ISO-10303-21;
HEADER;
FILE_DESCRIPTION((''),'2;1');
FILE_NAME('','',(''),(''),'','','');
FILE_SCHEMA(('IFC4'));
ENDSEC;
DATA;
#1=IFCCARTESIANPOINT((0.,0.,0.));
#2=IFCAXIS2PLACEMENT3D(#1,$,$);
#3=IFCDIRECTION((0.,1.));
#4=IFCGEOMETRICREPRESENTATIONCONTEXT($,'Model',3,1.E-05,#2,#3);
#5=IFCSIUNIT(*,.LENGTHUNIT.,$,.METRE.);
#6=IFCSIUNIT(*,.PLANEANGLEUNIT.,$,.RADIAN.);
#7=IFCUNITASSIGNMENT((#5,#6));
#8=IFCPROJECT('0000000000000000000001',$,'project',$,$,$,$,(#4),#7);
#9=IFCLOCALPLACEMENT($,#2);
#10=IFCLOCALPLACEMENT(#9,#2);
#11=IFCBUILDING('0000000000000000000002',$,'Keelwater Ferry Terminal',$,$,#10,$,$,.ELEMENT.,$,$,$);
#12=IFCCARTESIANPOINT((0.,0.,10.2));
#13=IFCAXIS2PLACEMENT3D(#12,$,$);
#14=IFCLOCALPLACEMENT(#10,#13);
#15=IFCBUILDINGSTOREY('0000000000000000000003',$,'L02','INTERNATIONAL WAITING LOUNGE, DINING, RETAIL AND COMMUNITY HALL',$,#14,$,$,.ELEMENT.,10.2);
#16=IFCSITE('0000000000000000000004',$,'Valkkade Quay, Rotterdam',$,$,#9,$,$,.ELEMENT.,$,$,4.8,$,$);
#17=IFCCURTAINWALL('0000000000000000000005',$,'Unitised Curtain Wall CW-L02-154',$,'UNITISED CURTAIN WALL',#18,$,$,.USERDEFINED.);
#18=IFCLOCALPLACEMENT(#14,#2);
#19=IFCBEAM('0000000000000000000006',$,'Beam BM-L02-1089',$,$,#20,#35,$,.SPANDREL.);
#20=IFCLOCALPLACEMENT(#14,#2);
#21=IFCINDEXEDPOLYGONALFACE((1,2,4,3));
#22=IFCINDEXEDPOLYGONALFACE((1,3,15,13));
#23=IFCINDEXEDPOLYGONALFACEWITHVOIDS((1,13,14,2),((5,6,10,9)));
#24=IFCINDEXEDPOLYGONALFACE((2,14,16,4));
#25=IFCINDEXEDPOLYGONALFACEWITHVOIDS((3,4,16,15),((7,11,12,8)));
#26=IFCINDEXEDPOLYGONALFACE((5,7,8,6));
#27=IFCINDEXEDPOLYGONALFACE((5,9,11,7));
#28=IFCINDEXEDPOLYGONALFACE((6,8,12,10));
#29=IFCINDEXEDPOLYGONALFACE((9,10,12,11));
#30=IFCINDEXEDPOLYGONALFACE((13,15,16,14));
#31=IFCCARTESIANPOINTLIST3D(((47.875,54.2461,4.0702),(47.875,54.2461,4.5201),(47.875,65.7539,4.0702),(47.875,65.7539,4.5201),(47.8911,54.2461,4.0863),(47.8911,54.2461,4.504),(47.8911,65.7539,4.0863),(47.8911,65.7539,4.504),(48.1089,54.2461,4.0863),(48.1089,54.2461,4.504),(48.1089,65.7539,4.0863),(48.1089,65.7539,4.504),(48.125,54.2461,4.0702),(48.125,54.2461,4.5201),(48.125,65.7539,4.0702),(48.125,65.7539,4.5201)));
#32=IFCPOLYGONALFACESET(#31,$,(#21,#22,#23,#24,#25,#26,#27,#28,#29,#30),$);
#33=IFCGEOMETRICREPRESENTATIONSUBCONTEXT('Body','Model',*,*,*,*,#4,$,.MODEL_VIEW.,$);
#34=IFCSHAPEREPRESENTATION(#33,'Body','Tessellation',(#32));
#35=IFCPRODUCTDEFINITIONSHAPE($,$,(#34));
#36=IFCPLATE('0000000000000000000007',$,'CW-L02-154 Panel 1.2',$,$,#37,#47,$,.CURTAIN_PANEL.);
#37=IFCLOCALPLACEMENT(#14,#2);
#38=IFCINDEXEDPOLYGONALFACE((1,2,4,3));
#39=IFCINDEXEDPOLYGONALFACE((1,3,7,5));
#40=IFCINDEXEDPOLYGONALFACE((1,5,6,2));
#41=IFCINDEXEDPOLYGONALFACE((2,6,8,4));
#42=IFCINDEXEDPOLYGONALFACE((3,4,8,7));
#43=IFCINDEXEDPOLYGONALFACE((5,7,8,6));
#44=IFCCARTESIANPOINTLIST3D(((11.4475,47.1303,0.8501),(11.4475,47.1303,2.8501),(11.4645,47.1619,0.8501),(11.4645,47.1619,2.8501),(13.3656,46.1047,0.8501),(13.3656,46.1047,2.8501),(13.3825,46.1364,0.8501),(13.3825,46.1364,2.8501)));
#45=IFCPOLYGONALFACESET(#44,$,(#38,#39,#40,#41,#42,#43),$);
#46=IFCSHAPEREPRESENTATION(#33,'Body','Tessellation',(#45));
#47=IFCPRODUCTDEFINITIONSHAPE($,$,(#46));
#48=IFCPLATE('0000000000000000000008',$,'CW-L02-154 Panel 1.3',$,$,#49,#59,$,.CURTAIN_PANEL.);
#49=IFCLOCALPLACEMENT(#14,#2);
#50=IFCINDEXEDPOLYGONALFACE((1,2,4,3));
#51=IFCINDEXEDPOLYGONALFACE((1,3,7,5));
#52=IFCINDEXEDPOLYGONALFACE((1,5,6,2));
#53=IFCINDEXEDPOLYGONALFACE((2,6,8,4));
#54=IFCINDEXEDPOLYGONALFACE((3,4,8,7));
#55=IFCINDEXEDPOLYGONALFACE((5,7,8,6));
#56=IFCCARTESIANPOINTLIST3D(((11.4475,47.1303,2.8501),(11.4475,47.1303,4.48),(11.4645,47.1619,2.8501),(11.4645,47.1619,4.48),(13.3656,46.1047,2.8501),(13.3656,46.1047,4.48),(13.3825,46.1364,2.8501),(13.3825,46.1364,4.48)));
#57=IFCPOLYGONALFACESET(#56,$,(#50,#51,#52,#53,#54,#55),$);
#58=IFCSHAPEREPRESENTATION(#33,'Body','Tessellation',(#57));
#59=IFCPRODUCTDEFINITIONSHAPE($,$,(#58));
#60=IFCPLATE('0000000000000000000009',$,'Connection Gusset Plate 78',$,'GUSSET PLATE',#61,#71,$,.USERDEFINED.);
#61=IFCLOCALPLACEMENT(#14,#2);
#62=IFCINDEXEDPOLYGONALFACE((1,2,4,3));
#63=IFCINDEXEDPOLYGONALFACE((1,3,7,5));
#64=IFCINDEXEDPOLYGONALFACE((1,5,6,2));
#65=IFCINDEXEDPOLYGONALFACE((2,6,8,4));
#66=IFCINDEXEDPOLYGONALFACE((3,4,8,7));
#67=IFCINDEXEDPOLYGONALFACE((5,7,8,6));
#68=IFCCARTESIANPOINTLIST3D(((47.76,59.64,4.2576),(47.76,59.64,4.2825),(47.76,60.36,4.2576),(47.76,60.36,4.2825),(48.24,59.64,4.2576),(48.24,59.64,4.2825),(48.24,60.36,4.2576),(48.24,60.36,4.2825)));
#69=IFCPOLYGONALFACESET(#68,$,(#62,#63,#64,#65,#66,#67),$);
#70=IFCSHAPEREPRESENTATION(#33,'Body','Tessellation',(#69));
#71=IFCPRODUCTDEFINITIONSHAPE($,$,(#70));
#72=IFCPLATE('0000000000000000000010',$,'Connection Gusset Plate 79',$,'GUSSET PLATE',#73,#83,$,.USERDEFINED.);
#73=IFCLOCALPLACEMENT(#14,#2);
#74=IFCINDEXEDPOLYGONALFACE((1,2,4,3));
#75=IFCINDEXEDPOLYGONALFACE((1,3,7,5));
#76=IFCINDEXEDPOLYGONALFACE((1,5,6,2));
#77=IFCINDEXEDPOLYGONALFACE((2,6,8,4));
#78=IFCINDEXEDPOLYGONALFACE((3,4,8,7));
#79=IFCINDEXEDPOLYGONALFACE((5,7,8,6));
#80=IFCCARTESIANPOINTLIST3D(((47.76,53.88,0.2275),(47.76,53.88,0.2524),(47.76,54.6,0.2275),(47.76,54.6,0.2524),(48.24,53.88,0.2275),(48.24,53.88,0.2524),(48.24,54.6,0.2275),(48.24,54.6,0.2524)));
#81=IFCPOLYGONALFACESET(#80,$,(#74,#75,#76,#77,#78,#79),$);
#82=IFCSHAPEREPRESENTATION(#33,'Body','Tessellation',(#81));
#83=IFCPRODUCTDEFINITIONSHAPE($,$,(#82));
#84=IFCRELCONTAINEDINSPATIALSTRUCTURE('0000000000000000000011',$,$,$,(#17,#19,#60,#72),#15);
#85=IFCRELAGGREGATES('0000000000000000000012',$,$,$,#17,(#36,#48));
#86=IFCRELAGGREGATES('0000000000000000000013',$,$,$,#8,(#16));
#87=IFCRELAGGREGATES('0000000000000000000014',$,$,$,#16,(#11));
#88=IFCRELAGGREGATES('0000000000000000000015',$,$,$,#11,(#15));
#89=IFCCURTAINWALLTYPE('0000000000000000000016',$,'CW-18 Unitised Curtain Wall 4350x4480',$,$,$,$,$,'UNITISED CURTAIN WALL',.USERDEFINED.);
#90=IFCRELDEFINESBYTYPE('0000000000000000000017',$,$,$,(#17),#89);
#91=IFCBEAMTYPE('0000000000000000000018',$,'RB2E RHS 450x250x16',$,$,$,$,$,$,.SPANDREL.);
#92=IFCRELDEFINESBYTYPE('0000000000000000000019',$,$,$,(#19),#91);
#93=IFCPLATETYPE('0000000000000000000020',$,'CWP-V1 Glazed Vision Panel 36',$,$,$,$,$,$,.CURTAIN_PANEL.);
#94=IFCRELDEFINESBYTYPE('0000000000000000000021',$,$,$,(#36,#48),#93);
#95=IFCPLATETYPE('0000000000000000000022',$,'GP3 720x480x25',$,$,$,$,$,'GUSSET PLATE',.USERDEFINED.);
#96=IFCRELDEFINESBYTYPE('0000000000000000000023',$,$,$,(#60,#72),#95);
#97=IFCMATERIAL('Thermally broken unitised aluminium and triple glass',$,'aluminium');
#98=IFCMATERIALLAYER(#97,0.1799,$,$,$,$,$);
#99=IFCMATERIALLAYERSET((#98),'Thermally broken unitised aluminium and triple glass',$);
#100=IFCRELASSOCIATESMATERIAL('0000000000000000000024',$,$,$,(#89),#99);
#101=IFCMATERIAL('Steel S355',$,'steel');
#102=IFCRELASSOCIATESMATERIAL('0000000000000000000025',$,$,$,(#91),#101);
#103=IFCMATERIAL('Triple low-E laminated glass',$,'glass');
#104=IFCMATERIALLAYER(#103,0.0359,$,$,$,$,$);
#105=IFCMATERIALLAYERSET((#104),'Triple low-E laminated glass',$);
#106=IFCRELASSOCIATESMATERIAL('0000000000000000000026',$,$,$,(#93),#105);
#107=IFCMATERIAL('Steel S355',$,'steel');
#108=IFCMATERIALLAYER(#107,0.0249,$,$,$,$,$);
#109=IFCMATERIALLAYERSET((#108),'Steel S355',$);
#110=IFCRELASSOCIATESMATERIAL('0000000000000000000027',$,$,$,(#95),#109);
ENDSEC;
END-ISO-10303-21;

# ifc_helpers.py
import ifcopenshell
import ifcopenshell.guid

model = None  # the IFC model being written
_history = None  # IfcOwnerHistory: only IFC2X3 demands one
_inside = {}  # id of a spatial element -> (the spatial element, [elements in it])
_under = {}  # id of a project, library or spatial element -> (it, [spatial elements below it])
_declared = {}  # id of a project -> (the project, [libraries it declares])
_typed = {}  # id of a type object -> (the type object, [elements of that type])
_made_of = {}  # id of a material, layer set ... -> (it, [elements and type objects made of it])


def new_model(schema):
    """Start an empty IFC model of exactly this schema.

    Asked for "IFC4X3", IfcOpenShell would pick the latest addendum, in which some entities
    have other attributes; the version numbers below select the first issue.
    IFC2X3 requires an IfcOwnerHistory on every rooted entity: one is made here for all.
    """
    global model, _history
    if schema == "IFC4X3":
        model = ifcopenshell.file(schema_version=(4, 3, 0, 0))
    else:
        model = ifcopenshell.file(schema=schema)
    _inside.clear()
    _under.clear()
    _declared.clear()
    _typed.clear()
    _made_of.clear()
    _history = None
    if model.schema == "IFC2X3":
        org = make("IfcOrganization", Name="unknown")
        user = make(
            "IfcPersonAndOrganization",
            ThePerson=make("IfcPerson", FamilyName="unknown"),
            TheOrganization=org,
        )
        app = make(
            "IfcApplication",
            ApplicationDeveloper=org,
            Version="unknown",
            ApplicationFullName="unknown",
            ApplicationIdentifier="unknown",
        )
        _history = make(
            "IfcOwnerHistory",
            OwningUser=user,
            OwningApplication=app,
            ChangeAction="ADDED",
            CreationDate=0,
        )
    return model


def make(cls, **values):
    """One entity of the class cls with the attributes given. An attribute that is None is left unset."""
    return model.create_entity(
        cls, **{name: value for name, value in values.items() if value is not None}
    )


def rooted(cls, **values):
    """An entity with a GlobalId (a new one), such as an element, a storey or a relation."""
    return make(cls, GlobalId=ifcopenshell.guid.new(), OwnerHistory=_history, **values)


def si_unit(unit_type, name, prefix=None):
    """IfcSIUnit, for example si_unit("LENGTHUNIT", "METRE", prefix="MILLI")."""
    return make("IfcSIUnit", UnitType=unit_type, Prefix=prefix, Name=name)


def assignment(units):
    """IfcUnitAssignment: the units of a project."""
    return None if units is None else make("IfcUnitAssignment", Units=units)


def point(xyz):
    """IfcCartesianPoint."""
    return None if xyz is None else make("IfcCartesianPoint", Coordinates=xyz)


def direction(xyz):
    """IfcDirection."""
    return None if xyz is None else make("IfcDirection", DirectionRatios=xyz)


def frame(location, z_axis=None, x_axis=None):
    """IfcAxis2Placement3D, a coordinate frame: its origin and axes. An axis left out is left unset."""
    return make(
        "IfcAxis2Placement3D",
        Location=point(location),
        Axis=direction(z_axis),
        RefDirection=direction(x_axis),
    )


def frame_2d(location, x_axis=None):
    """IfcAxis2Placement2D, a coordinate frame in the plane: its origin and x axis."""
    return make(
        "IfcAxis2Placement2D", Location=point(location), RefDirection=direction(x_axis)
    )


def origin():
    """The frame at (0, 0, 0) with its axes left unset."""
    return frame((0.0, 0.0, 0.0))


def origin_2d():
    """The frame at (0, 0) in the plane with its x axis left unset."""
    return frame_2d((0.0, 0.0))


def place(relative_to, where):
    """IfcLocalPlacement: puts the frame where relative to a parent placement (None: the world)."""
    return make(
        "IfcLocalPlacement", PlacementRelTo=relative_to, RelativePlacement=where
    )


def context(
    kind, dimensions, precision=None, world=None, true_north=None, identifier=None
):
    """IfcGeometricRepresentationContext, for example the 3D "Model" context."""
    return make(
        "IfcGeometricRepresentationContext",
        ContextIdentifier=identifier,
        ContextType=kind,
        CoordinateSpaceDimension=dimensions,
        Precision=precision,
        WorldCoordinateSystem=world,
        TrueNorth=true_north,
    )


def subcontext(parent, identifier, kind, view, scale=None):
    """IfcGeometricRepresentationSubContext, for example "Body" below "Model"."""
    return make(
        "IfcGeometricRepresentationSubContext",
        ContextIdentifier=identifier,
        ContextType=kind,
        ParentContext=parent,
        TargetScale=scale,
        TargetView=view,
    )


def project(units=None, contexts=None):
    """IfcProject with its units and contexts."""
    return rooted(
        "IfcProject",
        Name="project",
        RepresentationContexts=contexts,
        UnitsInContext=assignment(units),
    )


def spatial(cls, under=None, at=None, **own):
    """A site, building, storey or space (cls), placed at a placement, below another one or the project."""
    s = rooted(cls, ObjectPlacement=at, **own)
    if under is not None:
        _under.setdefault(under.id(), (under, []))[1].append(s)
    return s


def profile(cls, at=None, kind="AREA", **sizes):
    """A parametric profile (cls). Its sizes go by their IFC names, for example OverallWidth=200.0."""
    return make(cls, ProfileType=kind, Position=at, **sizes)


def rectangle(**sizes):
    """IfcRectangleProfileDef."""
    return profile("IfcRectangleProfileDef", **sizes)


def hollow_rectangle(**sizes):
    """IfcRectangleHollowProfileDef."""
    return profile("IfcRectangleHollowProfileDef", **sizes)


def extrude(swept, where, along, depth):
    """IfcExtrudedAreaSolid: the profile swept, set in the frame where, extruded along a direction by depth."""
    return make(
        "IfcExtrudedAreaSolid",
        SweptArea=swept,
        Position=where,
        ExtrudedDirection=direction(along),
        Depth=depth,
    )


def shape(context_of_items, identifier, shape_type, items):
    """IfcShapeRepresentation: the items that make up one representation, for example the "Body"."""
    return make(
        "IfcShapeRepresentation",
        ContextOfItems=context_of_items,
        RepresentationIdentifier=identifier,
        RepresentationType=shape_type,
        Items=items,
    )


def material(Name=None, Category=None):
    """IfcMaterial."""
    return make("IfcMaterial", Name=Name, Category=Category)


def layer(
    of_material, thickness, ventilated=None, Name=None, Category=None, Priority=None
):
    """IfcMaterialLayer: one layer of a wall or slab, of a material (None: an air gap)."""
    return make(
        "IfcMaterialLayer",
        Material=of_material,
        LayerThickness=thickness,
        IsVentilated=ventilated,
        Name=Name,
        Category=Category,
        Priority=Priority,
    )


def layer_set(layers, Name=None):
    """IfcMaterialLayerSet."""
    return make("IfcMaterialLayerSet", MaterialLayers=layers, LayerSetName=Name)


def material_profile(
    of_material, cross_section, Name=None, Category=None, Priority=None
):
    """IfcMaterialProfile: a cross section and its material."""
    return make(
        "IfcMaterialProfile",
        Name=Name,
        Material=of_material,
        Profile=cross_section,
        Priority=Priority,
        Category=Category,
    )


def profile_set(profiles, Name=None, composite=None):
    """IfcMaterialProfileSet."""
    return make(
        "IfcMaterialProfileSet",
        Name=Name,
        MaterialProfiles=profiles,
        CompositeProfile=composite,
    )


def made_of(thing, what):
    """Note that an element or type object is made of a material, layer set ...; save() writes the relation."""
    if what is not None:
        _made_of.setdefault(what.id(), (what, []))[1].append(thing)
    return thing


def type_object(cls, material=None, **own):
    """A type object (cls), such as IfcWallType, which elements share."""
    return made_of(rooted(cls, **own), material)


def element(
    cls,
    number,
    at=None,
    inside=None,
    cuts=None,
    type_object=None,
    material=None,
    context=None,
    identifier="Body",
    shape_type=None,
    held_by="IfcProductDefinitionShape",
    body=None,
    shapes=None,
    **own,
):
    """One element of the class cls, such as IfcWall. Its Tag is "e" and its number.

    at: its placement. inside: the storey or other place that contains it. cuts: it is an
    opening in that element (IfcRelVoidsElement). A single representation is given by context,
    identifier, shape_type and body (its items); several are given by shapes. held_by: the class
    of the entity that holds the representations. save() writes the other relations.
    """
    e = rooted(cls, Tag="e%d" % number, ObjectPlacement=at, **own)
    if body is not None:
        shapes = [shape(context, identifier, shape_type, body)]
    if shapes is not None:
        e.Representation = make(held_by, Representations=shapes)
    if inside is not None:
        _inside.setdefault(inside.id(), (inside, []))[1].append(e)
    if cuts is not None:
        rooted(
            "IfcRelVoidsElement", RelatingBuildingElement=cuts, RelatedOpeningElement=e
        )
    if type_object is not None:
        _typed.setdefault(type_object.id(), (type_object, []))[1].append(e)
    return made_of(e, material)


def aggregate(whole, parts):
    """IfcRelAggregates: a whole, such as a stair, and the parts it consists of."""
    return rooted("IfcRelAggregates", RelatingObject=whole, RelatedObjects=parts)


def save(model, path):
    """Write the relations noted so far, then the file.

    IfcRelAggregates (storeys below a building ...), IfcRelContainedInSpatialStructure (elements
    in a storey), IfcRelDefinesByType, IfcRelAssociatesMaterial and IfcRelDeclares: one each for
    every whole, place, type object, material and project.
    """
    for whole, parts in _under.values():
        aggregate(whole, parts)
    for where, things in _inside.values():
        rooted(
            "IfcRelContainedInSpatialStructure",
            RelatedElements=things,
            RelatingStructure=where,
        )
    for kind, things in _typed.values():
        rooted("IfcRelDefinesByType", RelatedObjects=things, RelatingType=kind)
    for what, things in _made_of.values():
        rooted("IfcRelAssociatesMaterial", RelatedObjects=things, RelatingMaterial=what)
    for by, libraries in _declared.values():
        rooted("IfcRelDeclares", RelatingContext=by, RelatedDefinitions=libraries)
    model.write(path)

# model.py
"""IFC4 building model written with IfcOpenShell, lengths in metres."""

from ifc_helpers import new_model, si_unit, direction, frame, origin, origin_2d, place, context, subcontext, project, spatial, rectangle, hollow_rectangle, extrude, material, layer, layer_set, material_profile, profile_set, type_object, element, aggregate, save


model = new_model("IFC4")

# Units and contexts
model_context = context("Model", 3, precision=1e-05, world=origin(), true_north=direction((0.0, 1.0)))
body_context = subcontext(model_context, "Body", "Model", "MODEL_VIEW")
ifc_project = project(units=[si_unit("LENGTHUNIT", "METRE"), si_unit("PLANEANGLEUNIT", "RADIAN")], contexts=[model_context])

# Site, building, storey
site_placement = place(None, origin())
site = spatial("IfcSite", under=ifc_project, at=site_placement, Name="Valkkade Quay, Rotterdam", CompositionType="ELEMENT", RefElevation=4.8)
building_placement = place(site_placement, origin())
building = spatial("IfcBuilding", under=site, at=building_placement, Name="Keelwater Ferry Terminal", CompositionType="ELEMENT")
storey_placement = place(building_placement, frame((0.0, 0.0, 10.2)))
storey = spatial("IfcBuildingStorey", under=building, at=storey_placement, Name="L02", Description="INTERNATIONAL WAITING LOUNGE, DINING, RETAIL AND COMMUNITY HALL", CompositionType="ELEMENT", Elevation=10.2)

# Curtain wall
ifc_material_1 = material(Name="Thermally broken unitised aluminium and triple glass", Category="aluminium")
ifc_layer_1 = layer(ifc_material_1, 0.1799)
ifc_layer_set_1 = layer_set([ifc_layer_1], Name="Thermally broken unitised aluminium and triple glass")
curtain_wall_type = type_object("IfcCurtainWallType", Name="CW-18 Unitised Curtain Wall 4350x4480", ElementType="UNITISED CURTAIN WALL", PredefinedType="USERDEFINED", material=ifc_layer_set_1)
curtain_wall_placement = place(storey_placement, origin())
curtain_wall = element("IfcCurtainWall", 1, at=curtain_wall_placement, inside=storey, type_object=curtain_wall_type, Name="Unitised Curtain Wall CW-L02-154", ObjectType="UNITISED CURTAIN WALL", PredefinedType="USERDEFINED")

# Beam
ifc_material_2 = material(Name="Steel S355", Category="steel")
ifc_material_profile_1 = material_profile(ifc_material_2, hollow_rectangle(XDim=0.25, YDim=0.45, WallThickness=0.0161, at=origin_2d()), Name="RHS 450x250x16")
ifc_profile_set_1 = profile_set([ifc_material_profile_1], Name="Steel S355")
beam_type_1 = type_object("IfcBeamType", Name="RB2E RHS 450x250x16", PredefinedType="SPANDREL", material=ifc_profile_set_1)
beam_1_placement = place(storey_placement, frame((48.0, 54.2461, 4.2952), z_axis=(0.0, 1.0, 0.0), x_axis=(-1.0, 0.0, 0.0)))
element("IfcBeam", 2, at=beam_1_placement, inside=storey, type_object=beam_type_1, Name="Beam BM-L02-1089", PredefinedType="SPANDREL", context=body_context, shape_type="SweptSolid", body=[
    extrude(hollow_rectangle(XDim=0.25, YDim=0.45, WallThickness=0.0161, at=origin_2d()), origin(), (0.0, 0.0, 1.0), 11.5078),
])

# Plates
ifc_material_3 = material(Name="Triple low-E laminated glass", Category="glass")
ifc_layer_2 = layer(ifc_material_3, 0.0359)
ifc_layer_set_2 = layer_set([ifc_layer_2], Name="Triple low-E laminated glass")
plate_type_1 = type_object("IfcPlateType", Name="CWP-V1 Glazed Vision Panel 36", PredefinedType="CURTAIN_PANEL", material=ifc_layer_set_2)
plate_1_placement = place(storey_placement, frame((12.415, 46.6333, 0.8501), z_axis=(0.0, 0.0, 1.0), x_axis=(0.881862, -0.471507, 0.0)))
plate_1 = element("IfcPlate", 3, at=plate_1_placement, type_object=plate_type_1, Name="CW-L02-154 Panel 1.2", PredefinedType="CURTAIN_PANEL", context=body_context, shape_type="SweptSolid", body=[
    extrude(rectangle(XDim=2.175, YDim=0.0359, at=origin_2d()), origin(), (0.0, 0.0, 1.0), 2.0),
])
plate_2_placement = place(storey_placement, frame((12.415, 46.6333, 2.8501), z_axis=(0.0, 0.0, 1.0), x_axis=(0.881862, -0.471507, 0.0)))
plate_2 = element("IfcPlate", 4, at=plate_2_placement, type_object=plate_type_1, Name="CW-L02-154 Panel 1.3", PredefinedType="CURTAIN_PANEL", context=body_context, shape_type="SweptSolid", body=[
    extrude(rectangle(XDim=2.175, YDim=0.0359, at=origin_2d()), origin(), (0.0, 0.0, 1.0), 1.6299),
])
aggregate(curtain_wall, [plate_1, plate_2])

# Plates
ifc_material_4 = material(Name="Steel S355", Category="steel")
ifc_layer_3 = layer(ifc_material_4, 0.0249)
ifc_layer_set_3 = layer_set([ifc_layer_3], Name="Steel S355")
plate_type_2 = type_object("IfcPlateType", Name="GP3 720x480x25", ElementType="GUSSET PLATE", PredefinedType="USERDEFINED", material=ifc_layer_set_3)
for number, where, z_axis, x_axis, name in (
    (5, (48.0, 60.0, 4.2576), (0.0, 0.0, 1.0), (0.0, 1.0, 0.0), "Connection Gusset Plate 78"),
    (6, (48.0, 54.24, 0.2275), (0.0, 0.0, 1.0), (0.0, 1.0, 0.0), "Connection Gusset Plate 79"),
):
    element("IfcPlate", number, at=place(storey_placement, frame(where, z_axis=z_axis, x_axis=x_axis)), inside=storey, type_object=plate_type_2, Name=name, ObjectType="GUSSET PLATE", PredefinedType="USERDEFINED", context=body_context, shape_type="SweptSolid", body=[
        extrude(rectangle(XDim=0.72, YDim=0.48, at=origin_2d()), origin(), (0.0, 0.0, 1.0), 0.0249),
    ])

save(model, "model.ifc")
